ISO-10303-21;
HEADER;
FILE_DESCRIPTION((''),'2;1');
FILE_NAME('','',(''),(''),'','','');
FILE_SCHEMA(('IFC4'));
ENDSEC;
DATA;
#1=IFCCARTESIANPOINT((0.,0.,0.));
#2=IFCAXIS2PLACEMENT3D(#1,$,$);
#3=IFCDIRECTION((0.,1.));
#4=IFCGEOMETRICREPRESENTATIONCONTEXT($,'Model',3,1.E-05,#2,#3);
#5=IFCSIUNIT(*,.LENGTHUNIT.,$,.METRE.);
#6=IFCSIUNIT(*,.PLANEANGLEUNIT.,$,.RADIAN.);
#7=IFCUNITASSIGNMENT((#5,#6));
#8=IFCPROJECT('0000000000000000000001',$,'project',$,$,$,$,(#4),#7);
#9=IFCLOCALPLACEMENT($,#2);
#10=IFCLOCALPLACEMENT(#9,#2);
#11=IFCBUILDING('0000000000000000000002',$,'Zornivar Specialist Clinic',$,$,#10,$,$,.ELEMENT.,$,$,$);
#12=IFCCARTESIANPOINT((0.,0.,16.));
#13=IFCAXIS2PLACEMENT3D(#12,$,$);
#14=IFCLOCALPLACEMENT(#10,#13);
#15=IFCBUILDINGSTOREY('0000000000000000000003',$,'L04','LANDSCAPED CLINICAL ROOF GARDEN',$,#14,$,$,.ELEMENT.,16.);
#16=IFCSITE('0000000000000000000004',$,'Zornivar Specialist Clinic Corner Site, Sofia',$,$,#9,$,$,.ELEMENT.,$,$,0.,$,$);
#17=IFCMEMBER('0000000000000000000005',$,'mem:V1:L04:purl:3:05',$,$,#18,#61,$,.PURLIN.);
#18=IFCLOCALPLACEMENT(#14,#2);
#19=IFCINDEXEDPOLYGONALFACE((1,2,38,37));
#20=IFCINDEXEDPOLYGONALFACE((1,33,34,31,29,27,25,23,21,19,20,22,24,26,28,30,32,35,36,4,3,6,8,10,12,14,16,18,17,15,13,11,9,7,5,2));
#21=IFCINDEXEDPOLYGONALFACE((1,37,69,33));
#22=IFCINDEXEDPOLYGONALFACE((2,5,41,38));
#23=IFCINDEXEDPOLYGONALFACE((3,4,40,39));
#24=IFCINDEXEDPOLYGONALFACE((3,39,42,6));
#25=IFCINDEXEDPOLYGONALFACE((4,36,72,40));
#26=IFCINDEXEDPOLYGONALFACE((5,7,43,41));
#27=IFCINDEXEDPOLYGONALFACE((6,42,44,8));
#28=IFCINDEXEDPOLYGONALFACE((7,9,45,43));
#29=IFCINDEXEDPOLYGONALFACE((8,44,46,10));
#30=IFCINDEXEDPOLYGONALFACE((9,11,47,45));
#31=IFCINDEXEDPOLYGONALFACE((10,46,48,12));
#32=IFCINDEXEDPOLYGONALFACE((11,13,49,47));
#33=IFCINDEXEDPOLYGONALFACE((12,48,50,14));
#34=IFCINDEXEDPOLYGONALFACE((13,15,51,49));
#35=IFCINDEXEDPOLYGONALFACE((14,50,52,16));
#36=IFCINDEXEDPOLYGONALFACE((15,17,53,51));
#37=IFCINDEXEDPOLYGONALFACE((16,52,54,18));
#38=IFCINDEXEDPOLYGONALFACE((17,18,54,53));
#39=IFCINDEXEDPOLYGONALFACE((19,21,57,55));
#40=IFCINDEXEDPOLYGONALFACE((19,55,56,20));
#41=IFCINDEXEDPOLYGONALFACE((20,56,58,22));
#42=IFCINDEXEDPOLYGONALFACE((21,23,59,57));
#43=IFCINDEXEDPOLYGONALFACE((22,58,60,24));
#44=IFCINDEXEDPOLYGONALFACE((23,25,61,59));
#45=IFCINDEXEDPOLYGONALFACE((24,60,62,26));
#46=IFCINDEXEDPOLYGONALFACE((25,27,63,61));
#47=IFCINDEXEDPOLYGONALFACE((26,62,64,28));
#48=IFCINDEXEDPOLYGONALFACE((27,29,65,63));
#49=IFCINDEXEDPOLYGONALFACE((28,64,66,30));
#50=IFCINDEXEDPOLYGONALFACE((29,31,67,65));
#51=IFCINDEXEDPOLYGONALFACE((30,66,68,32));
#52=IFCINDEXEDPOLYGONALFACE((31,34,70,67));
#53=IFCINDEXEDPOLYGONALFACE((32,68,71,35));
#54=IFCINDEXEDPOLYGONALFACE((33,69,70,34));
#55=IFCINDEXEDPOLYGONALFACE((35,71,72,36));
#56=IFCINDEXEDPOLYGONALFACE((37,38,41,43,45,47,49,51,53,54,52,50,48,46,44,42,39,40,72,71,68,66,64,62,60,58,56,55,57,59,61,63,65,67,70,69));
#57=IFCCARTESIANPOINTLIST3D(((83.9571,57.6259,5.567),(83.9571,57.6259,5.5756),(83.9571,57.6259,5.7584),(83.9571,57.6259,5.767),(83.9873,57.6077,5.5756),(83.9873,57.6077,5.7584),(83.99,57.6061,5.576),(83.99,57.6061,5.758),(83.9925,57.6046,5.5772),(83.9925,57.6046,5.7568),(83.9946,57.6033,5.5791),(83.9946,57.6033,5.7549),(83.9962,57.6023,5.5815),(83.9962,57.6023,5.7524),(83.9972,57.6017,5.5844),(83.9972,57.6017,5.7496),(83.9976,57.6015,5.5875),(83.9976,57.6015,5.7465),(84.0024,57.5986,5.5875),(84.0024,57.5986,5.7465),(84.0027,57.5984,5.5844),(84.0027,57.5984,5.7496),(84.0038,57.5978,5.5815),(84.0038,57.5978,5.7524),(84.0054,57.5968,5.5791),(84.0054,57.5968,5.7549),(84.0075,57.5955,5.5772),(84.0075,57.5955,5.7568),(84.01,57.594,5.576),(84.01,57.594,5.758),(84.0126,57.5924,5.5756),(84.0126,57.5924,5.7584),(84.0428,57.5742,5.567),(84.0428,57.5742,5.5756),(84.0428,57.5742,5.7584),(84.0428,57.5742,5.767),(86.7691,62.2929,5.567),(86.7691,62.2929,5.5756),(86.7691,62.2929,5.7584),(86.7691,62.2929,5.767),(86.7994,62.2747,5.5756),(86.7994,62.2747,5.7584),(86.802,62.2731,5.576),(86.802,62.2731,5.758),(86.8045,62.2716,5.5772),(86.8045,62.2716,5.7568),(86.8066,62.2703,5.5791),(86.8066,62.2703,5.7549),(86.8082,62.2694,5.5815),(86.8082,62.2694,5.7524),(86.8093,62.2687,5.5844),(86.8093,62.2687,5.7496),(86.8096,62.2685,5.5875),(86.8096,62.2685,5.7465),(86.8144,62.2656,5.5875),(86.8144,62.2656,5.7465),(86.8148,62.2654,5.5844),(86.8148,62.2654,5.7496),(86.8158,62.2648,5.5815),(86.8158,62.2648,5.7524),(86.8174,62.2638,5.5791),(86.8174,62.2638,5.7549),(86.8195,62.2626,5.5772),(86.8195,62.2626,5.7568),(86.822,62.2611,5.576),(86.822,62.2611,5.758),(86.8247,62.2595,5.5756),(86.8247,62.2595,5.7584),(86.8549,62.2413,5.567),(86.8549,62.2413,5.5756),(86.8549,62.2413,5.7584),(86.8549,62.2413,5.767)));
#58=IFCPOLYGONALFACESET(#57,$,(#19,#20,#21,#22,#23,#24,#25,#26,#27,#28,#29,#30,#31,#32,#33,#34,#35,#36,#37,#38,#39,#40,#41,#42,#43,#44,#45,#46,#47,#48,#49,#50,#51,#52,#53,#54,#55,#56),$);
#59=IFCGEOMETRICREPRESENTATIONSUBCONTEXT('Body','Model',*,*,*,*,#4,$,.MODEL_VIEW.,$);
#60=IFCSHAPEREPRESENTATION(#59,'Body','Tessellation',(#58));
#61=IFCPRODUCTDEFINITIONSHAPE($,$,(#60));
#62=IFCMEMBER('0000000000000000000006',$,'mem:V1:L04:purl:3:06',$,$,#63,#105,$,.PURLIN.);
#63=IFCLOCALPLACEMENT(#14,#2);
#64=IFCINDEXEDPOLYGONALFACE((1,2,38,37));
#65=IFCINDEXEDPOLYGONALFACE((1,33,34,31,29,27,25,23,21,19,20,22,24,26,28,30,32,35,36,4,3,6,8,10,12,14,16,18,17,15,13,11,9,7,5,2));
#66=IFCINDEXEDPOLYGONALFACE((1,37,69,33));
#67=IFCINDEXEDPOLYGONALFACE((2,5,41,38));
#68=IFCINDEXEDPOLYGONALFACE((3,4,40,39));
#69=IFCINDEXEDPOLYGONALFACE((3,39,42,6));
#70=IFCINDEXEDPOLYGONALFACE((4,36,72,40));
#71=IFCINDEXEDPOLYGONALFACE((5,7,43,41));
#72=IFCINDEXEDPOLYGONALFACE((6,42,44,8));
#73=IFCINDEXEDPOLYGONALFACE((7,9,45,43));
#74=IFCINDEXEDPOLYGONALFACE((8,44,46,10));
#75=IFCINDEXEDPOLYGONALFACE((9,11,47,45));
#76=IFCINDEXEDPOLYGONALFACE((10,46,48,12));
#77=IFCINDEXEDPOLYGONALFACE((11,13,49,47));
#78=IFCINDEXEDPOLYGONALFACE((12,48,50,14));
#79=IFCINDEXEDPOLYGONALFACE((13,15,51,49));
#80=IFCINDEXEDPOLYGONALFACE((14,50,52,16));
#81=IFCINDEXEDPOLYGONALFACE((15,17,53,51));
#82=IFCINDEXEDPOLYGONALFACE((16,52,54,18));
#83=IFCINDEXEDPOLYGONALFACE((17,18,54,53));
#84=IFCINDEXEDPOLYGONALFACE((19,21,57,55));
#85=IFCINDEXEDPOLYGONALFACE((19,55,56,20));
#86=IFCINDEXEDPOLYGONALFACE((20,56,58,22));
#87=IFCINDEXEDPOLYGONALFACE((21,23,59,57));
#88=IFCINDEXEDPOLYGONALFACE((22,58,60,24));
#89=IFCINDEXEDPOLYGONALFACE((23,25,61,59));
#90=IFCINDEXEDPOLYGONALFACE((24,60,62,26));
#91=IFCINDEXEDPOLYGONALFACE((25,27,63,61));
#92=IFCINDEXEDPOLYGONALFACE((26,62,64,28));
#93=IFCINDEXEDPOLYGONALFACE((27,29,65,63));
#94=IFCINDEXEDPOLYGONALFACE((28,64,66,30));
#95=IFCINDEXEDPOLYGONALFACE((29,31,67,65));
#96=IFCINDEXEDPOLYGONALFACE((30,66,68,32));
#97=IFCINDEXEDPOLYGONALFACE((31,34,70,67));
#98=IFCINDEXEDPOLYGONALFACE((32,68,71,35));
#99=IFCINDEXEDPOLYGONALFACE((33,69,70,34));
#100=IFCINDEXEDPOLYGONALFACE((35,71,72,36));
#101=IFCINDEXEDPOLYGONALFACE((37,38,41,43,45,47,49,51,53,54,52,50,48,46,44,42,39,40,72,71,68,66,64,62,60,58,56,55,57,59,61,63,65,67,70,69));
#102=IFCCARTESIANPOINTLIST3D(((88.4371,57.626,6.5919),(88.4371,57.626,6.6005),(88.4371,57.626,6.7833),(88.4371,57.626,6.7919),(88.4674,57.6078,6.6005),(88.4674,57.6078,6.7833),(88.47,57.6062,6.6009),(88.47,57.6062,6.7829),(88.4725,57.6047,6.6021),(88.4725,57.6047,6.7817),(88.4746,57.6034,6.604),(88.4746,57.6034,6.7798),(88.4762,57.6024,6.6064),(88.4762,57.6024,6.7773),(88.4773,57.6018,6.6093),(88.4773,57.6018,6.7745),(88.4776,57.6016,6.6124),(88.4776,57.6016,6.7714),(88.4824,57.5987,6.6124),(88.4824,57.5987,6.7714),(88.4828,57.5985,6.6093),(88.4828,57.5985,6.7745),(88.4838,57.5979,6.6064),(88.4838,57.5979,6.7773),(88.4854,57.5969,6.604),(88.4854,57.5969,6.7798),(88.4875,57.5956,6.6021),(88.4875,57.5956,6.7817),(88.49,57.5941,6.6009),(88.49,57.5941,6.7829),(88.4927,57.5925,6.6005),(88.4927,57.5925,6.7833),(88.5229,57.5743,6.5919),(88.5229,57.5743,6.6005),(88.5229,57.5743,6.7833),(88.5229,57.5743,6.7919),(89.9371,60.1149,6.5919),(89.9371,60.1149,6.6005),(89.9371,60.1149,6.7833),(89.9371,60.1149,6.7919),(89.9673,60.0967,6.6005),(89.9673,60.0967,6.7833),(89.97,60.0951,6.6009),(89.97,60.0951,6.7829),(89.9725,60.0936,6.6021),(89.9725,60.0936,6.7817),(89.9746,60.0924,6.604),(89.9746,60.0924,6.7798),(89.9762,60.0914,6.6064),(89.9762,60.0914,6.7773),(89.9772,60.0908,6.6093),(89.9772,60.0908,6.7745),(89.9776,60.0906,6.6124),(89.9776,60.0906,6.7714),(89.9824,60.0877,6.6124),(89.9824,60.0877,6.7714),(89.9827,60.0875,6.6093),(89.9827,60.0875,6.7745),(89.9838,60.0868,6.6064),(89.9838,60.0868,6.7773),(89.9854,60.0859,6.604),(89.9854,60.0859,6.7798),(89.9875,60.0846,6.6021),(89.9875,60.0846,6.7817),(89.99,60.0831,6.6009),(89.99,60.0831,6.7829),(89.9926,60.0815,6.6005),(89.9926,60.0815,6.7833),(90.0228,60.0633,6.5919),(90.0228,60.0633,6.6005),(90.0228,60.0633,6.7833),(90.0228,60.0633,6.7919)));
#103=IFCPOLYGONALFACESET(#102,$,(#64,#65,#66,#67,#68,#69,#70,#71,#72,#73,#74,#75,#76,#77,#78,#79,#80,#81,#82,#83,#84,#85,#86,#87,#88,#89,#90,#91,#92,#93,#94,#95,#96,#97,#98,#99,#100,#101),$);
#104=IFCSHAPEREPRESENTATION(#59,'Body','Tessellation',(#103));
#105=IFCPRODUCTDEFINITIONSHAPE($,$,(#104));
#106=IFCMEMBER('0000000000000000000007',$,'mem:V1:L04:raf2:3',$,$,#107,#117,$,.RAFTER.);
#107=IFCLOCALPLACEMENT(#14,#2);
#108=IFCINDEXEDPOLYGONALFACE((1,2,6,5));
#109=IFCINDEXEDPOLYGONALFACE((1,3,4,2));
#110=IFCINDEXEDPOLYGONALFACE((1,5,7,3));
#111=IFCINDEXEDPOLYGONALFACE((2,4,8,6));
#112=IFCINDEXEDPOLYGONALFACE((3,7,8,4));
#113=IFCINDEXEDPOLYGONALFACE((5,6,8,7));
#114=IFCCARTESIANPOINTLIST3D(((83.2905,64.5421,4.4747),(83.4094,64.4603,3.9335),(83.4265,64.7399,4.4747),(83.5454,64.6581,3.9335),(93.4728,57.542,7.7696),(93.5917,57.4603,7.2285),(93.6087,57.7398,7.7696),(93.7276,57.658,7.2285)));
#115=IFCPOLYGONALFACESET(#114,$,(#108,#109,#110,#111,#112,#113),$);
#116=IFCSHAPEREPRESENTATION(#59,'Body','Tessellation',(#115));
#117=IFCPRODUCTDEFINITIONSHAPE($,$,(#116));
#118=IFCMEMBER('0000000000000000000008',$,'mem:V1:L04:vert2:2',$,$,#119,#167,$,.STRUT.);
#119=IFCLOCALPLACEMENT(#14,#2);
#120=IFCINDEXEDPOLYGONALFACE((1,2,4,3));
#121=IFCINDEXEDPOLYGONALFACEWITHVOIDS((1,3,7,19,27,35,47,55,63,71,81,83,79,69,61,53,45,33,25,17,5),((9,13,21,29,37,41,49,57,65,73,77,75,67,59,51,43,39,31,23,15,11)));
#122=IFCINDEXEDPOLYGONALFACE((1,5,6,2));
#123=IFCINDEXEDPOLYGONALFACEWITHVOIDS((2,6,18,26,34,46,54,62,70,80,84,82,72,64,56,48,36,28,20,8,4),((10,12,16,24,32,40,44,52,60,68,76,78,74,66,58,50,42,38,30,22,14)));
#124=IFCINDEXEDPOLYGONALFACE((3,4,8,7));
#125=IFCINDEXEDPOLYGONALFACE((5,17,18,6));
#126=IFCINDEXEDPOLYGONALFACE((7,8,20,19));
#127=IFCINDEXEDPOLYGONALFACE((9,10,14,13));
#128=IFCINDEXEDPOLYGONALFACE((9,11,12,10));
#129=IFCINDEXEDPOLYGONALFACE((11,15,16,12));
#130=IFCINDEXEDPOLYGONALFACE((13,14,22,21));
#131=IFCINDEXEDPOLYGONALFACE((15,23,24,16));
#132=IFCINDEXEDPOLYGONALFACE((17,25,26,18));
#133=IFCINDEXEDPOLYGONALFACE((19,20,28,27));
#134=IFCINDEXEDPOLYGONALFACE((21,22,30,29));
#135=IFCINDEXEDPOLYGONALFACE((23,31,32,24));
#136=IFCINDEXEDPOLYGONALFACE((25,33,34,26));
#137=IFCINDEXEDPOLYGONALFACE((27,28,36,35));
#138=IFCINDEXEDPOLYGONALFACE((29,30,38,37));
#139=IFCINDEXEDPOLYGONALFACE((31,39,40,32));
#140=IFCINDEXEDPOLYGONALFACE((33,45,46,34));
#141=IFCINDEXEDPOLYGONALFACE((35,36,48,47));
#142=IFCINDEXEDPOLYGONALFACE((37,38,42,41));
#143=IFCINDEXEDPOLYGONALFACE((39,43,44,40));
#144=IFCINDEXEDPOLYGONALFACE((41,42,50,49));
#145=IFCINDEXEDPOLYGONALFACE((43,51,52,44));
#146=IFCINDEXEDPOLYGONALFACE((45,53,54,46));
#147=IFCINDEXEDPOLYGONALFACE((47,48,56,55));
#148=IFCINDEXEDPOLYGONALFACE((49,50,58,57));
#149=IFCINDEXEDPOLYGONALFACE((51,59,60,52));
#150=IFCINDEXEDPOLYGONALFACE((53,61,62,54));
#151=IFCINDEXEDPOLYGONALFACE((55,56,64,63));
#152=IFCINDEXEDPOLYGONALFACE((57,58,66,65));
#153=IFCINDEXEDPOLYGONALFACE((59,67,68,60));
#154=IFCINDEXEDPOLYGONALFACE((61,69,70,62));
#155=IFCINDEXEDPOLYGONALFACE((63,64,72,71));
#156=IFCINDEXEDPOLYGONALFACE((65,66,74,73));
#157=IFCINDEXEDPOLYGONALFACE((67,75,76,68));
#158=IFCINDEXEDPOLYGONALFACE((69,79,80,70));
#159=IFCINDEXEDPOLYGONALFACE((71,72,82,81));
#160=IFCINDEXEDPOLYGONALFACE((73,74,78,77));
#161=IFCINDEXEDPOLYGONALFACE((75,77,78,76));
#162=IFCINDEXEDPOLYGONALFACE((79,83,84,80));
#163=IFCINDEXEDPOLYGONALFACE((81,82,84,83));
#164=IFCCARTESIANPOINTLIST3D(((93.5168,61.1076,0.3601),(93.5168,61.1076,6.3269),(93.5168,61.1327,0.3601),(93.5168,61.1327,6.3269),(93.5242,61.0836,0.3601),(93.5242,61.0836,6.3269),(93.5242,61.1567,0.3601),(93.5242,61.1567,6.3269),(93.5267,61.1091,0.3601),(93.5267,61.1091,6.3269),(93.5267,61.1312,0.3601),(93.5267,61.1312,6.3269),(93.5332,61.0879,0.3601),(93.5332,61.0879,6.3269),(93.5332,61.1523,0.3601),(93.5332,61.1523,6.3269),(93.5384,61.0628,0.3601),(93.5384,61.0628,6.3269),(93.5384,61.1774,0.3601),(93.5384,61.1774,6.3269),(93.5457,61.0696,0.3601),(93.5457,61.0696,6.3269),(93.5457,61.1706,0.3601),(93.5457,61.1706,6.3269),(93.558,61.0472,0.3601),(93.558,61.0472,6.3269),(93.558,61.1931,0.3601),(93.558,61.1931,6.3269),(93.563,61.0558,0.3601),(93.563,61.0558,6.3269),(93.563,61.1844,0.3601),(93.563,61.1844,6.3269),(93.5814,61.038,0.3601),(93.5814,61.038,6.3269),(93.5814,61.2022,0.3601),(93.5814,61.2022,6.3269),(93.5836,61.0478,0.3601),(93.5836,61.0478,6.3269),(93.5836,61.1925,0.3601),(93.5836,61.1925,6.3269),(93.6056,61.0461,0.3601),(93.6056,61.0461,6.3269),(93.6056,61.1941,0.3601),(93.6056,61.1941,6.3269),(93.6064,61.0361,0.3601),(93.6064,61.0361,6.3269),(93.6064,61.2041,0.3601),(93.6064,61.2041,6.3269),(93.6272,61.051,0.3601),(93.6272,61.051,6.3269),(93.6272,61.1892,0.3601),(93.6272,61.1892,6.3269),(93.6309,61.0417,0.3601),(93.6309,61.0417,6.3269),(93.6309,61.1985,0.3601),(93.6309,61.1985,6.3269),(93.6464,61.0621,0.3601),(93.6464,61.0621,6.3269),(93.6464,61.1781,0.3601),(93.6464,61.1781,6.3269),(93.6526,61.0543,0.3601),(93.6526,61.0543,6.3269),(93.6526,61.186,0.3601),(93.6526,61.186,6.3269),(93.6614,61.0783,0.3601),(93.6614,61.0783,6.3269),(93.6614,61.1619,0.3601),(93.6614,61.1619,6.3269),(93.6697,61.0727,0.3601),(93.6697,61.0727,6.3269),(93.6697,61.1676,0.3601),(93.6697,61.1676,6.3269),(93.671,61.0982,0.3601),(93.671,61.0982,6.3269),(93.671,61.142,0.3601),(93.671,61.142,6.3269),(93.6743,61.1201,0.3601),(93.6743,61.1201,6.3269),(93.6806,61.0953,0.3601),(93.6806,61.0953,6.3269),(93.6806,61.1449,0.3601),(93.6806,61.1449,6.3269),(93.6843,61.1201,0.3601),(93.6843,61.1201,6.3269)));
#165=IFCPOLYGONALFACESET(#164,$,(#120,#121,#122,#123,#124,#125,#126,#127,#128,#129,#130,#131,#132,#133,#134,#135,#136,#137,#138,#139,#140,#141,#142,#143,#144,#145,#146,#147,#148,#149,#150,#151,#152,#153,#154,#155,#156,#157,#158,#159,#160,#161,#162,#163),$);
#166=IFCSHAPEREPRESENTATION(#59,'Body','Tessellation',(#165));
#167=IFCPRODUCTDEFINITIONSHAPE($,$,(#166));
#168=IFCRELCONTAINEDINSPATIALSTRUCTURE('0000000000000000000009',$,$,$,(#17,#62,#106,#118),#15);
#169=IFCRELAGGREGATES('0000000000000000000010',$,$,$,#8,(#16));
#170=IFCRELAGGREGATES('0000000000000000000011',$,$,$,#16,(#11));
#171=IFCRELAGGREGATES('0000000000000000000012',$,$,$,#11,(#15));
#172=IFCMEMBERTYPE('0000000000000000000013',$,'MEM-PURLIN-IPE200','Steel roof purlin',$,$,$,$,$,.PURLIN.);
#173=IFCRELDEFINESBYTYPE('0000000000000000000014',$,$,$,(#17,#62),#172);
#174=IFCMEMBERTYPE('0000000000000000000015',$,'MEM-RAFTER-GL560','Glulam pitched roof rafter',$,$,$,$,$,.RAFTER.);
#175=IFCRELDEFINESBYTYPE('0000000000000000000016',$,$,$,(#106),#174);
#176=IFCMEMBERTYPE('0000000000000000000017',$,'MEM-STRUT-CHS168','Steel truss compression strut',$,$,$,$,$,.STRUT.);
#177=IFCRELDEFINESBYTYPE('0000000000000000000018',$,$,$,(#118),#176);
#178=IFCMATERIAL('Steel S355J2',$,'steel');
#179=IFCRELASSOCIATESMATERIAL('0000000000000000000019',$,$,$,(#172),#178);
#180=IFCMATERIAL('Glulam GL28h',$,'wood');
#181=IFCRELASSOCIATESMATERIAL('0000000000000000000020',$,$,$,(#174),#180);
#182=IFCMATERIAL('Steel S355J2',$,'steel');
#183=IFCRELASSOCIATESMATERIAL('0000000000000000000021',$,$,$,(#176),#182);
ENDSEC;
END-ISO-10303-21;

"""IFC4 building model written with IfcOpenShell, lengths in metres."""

from ifc_helpers import new_model, si_unit, direction, frame, origin, origin_2d, place, context, subcontext, project, spatial, rectangle, hollow_circle, i_section, extrude, material, material_profile, profile_set, type_object, element, save


model = new_model("IFC4")

# Units and contexts
model_context = context("Model", 3, precision=1e-05, world=origin(), true_north=direction((0.0, 1.0)))
body_context = subcontext(model_context, "Body", "Model", "MODEL_VIEW")
ifc_project = project(units=[si_unit("LENGTHUNIT", "METRE"), si_unit("PLANEANGLEUNIT", "RADIAN")], contexts=[model_context])

# Site, building, storey
site_placement = place(None, origin())
site = spatial("IfcSite", under=ifc_project, at=site_placement, Name="Zornivar Specialist Clinic Corner Site, Sofia", CompositionType="ELEMENT", RefElevation=0.0)
building_placement = place(site_placement, origin())
building = spatial("IfcBuilding", under=site, at=building_placement, Name="Zornivar Specialist Clinic", CompositionType="ELEMENT")
storey_placement = place(building_placement, frame((0.0, 0.0, 16.0)))
storey = spatial("IfcBuildingStorey", under=building, at=storey_placement, Name="L04", Description="LANDSCAPED CLINICAL ROOF GARDEN", CompositionType="ELEMENT", Elevation=16.0)

# Members
ifc_material_1 = material(Name="Steel S355J2", Category="steel")
ifc_material_profile_1 = material_profile(ifc_material_1, i_section(OverallWidth=0.1001, OverallDepth=0.2, WebThickness=0.0056, FlangeThickness=0.0085, FilletRadius=0.012, at=origin_2d()), Name="IPE 200")
ifc_profile_set_1 = profile_set([ifc_material_profile_1], Name="Steel S355J2")
member_type_1 = type_object("IfcMemberType", Name="MEM-PURLIN-IPE200", Description="Steel roof purlin", PredefinedType="PURLIN", material=ifc_profile_set_1)
member_1_placement = place(storey_placement, frame((86.812, 62.2671, 5.667), z_axis=(-0.516089, -0.856535, 0.0), x_axis=(0.856535, -0.516089, 0.0)))
element("IfcMember", 1, at=member_1_placement, inside=storey, type_object=member_type_1, Name="mem:V1:L04:purl:3:05", PredefinedType="PURLIN", context=body_context, shape_type="SweptSolid", body=[
    extrude(i_section(OverallWidth=0.1001, OverallDepth=0.2, WebThickness=0.0056, FlangeThickness=0.0085, FilletRadius=0.012, at=origin_2d()), origin(), (0.0, 0.0, 1.0), 5.4487),
])
member_2_placement = place(storey_placement, frame((89.98, 60.0891, 6.6919), z_axis=(-0.516163, -0.856491, 0.0), x_axis=(0.856491, -0.516163, 0.0)))
element("IfcMember", 2, at=member_2_placement, inside=storey, type_object=member_type_1, Name="mem:V1:L04:purl:3:06", PredefinedType="PURLIN", context=body_context, shape_type="SweptSolid", body=[
    extrude(i_section(OverallWidth=0.1001, OverallDepth=0.2, WebThickness=0.0056, FlangeThickness=0.0085, FilletRadius=0.012, at=origin_2d()), origin(), (0.0, 0.0, 1.0), 2.906),
])
ifc_material_2 = material(Name="Glulam GL28h", Category="wood")
ifc_material_profile_2 = material_profile(ifc_material_2, rectangle(XDim=0.24, YDim=0.5601, at=origin_2d()), Name="GL28h 240x560")
ifc_profile_set_2 = profile_set([ifc_material_profile_2], Name="Glulam GL28h")
member_type_2 = type_object("IfcMemberType", Name="MEM-RAFTER-GL560", Description="Glulam pitched roof rafter", PredefinedType="RAFTER", material=ifc_profile_set_2)
member_3_placement = place(storey_placement, frame((83.418, 64.6001, 4.2041), z_axis=(0.796227, -0.547389, 0.257658), x_axis=(0.566517, 0.82405, 0.0)))
element("IfcMember", 3, at=member_3_placement, inside=storey, type_object=member_type_2, Name="mem:V1:L04:raf2:3", PredefinedType="RAFTER", context=body_context, shape_type="SweptSolid", body=[
    extrude(rectangle(XDim=0.24, YDim=0.5601, at=origin_2d()), origin(), (0.0, 0.0, 1.0), 12.7881),
])
ifc_material_3 = material(Name="Steel S355J2", Category="steel")
ifc_material_profile_3 = material_profile(ifc_material_3, hollow_circle(Radius=0.0842, WallThickness=0.01, at=origin_2d()), Name="CHS 168.3x10")
ifc_profile_set_3 = profile_set([ifc_material_profile_3], Name="Steel S355J2")
member_type_3 = type_object("IfcMemberType", Name="MEM-STRUT-CHS168", Description="Steel truss compression strut", PredefinedType="STRUT", material=ifc_profile_set_3)
for number, where, z_axis, x_axis, name in (
    (4, (93.6001, 61.1201, 0.3601), (0.0, 0.0, 1.0), (1.0, 0.0, 0.0), "mem:V1:L04:vert2:2"),
):
    element("IfcMember", number, at=place(storey_placement, frame(where, z_axis=z_axis, x_axis=x_axis)), inside=storey, type_object=member_type_3, Name=name, PredefinedType="STRUT", context=body_context, shape_type="SweptSolid", body=[
        extrude(hollow_circle(Radius=0.0842, WallThickness=0.01, at=origin_2d()), origin(), (0.0, 0.0, 1.0), 5.9668),
    ])

save(model, "model.ifc")
